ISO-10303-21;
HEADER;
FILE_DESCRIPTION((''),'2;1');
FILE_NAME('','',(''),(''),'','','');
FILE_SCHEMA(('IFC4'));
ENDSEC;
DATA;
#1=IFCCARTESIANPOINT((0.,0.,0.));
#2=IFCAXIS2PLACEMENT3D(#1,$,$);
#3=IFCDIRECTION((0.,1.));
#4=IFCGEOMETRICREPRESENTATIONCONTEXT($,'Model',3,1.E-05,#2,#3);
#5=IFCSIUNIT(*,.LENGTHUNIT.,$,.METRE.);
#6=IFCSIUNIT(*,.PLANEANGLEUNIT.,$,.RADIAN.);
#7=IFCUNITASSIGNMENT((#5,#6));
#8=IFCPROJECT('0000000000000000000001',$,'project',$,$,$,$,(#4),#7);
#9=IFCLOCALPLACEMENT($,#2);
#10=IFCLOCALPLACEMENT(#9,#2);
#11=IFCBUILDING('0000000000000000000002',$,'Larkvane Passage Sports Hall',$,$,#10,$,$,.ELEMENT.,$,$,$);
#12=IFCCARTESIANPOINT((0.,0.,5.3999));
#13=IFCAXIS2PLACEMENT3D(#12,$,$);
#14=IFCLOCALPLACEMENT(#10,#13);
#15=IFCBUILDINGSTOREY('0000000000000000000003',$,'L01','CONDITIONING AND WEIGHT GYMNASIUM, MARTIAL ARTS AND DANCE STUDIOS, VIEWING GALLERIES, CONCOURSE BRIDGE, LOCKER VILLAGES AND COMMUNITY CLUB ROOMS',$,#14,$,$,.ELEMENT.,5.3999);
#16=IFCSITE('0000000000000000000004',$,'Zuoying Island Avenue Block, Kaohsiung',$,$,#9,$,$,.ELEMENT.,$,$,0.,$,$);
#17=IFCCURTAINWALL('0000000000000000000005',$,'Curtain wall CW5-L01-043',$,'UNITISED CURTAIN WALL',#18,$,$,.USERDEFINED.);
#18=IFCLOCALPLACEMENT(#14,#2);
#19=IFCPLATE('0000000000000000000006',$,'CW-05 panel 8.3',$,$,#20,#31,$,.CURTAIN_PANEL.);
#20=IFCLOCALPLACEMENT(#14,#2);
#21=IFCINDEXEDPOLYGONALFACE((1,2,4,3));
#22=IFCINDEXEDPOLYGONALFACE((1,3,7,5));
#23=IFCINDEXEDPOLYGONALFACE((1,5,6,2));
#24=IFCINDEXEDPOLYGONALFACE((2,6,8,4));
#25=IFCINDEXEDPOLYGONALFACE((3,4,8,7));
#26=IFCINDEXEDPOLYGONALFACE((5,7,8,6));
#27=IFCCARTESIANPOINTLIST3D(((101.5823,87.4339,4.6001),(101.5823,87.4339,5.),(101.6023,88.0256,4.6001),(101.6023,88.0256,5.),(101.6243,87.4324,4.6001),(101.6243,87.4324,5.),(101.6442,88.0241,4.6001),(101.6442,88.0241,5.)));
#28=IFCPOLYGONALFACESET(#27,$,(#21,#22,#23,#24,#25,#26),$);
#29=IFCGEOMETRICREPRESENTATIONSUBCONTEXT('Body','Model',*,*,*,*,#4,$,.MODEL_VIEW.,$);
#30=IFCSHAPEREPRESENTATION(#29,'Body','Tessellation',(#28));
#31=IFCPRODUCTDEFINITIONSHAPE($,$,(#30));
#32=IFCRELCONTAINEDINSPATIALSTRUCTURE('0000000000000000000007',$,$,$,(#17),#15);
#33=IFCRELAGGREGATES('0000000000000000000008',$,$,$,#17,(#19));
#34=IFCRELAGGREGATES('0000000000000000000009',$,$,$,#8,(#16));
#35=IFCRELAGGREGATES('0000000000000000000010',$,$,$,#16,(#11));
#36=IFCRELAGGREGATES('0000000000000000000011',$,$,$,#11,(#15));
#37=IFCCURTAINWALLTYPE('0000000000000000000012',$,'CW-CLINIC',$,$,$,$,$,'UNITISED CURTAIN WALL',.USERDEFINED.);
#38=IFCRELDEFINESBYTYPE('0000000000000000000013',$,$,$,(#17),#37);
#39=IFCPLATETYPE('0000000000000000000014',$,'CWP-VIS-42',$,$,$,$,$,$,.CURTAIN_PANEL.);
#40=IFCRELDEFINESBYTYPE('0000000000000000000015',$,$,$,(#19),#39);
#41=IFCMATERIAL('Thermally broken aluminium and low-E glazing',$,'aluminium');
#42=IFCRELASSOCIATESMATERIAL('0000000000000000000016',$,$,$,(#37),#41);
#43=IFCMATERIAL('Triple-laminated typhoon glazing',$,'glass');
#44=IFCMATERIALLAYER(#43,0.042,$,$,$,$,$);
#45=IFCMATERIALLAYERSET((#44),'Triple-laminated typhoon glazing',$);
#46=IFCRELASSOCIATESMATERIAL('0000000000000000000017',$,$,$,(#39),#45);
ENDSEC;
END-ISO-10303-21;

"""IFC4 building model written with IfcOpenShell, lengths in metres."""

from ifc_helpers import new_model, si_unit, direction, frame, origin, origin_2d, place, context, subcontext, project, spatial, rectangle, extrude, material, layer, layer_set, type_object, element, aggregate, save


model = new_model("IFC4")

# Units and contexts
model_context = context("Model", 3, precision=1e-05, world=origin(), true_north=direction((0.0, 1.0)))
body_context = subcontext(model_context, "Body", "Model", "MODEL_VIEW")
ifc_project = project(units=[si_unit("LENGTHUNIT", "METRE"), si_unit("PLANEANGLEUNIT", "RADIAN")], contexts=[model_context])

# Site, building, storey
site_placement = place(None, origin())
site = spatial("IfcSite", under=ifc_project, at=site_placement, Name="Zuoying Island Avenue Block, Kaohsiung", CompositionType="ELEMENT", RefElevation=0.0)
building_placement = place(site_placement, origin())
building = spatial("IfcBuilding", under=site, at=building_placement, Name="Larkvane Passage Sports Hall", CompositionType="ELEMENT")
storey_placement = place(building_placement, frame((0.0, 0.0, 5.3999)))
storey = spatial("IfcBuildingStorey", under=building, at=storey_placement, Name="L01", Description="CONDITIONING AND WEIGHT GYMNASIUM, MARTIAL ARTS AND DANCE STUDIOS, VIEWING GALLERIES, CONCOURSE BRIDGE, LOCKER VILLAGES AND COMMUNITY CLUB ROOMS", CompositionType="ELEMENT", Elevation=5.3999)

# Curtain wall
ifc_material_1 = material(Name="Thermally broken aluminium and low-E glazing", Category="aluminium")
curtain_wall_type_1 = type_object("IfcCurtainWallType", Name="CW-CLINIC", ElementType="UNITISED CURTAIN WALL", PredefinedType="USERDEFINED", material=ifc_material_1)
curtain_wall_1_placement = place(storey_placement, origin())
curtain_wall_1 = element("IfcCurtainWall", 1, at=curtain_wall_1_placement, inside=storey, type_object=curtain_wall_type_1, Name="Curtain wall CW5-L01-043", ObjectType="UNITISED CURTAIN WALL", PredefinedType="USERDEFINED")

# Plate
ifc_material_2 = material(Name="Triple-laminated typhoon glazing", Category="glass")
ifc_layer_1 = layer(ifc_material_2, 0.042)
ifc_layer_set_1 = layer_set([ifc_layer_1], Name="Triple-laminated typhoon glazing")
plate_type_1 = type_object("IfcPlateType", Name="CWP-VIS-42", PredefinedType="CURTAIN_PANEL", material=ifc_layer_set_1)
plate_1_placement = place(storey_placement, frame((101.6133, 87.729, 4.6001), z_axis=(0.0, 0.0, 1.0), x_axis=(-0.033688, -0.999432, 0.0)))
plate_1 = element("IfcPlate", 2, at=plate_1_placement, type_object=plate_type_1, Name="CW-05 panel 8.3", PredefinedType="CURTAIN_PANEL", context=body_context, shape_type="SweptSolid", body=[
    extrude(rectangle(XDim=0.592, YDim=0.042, at=origin_2d()), origin(), (0.0, 0.0, 1.0), 0.3999),
])
aggregate(curtain_wall_1, [plate_1])

save(model, "model.ifc")
